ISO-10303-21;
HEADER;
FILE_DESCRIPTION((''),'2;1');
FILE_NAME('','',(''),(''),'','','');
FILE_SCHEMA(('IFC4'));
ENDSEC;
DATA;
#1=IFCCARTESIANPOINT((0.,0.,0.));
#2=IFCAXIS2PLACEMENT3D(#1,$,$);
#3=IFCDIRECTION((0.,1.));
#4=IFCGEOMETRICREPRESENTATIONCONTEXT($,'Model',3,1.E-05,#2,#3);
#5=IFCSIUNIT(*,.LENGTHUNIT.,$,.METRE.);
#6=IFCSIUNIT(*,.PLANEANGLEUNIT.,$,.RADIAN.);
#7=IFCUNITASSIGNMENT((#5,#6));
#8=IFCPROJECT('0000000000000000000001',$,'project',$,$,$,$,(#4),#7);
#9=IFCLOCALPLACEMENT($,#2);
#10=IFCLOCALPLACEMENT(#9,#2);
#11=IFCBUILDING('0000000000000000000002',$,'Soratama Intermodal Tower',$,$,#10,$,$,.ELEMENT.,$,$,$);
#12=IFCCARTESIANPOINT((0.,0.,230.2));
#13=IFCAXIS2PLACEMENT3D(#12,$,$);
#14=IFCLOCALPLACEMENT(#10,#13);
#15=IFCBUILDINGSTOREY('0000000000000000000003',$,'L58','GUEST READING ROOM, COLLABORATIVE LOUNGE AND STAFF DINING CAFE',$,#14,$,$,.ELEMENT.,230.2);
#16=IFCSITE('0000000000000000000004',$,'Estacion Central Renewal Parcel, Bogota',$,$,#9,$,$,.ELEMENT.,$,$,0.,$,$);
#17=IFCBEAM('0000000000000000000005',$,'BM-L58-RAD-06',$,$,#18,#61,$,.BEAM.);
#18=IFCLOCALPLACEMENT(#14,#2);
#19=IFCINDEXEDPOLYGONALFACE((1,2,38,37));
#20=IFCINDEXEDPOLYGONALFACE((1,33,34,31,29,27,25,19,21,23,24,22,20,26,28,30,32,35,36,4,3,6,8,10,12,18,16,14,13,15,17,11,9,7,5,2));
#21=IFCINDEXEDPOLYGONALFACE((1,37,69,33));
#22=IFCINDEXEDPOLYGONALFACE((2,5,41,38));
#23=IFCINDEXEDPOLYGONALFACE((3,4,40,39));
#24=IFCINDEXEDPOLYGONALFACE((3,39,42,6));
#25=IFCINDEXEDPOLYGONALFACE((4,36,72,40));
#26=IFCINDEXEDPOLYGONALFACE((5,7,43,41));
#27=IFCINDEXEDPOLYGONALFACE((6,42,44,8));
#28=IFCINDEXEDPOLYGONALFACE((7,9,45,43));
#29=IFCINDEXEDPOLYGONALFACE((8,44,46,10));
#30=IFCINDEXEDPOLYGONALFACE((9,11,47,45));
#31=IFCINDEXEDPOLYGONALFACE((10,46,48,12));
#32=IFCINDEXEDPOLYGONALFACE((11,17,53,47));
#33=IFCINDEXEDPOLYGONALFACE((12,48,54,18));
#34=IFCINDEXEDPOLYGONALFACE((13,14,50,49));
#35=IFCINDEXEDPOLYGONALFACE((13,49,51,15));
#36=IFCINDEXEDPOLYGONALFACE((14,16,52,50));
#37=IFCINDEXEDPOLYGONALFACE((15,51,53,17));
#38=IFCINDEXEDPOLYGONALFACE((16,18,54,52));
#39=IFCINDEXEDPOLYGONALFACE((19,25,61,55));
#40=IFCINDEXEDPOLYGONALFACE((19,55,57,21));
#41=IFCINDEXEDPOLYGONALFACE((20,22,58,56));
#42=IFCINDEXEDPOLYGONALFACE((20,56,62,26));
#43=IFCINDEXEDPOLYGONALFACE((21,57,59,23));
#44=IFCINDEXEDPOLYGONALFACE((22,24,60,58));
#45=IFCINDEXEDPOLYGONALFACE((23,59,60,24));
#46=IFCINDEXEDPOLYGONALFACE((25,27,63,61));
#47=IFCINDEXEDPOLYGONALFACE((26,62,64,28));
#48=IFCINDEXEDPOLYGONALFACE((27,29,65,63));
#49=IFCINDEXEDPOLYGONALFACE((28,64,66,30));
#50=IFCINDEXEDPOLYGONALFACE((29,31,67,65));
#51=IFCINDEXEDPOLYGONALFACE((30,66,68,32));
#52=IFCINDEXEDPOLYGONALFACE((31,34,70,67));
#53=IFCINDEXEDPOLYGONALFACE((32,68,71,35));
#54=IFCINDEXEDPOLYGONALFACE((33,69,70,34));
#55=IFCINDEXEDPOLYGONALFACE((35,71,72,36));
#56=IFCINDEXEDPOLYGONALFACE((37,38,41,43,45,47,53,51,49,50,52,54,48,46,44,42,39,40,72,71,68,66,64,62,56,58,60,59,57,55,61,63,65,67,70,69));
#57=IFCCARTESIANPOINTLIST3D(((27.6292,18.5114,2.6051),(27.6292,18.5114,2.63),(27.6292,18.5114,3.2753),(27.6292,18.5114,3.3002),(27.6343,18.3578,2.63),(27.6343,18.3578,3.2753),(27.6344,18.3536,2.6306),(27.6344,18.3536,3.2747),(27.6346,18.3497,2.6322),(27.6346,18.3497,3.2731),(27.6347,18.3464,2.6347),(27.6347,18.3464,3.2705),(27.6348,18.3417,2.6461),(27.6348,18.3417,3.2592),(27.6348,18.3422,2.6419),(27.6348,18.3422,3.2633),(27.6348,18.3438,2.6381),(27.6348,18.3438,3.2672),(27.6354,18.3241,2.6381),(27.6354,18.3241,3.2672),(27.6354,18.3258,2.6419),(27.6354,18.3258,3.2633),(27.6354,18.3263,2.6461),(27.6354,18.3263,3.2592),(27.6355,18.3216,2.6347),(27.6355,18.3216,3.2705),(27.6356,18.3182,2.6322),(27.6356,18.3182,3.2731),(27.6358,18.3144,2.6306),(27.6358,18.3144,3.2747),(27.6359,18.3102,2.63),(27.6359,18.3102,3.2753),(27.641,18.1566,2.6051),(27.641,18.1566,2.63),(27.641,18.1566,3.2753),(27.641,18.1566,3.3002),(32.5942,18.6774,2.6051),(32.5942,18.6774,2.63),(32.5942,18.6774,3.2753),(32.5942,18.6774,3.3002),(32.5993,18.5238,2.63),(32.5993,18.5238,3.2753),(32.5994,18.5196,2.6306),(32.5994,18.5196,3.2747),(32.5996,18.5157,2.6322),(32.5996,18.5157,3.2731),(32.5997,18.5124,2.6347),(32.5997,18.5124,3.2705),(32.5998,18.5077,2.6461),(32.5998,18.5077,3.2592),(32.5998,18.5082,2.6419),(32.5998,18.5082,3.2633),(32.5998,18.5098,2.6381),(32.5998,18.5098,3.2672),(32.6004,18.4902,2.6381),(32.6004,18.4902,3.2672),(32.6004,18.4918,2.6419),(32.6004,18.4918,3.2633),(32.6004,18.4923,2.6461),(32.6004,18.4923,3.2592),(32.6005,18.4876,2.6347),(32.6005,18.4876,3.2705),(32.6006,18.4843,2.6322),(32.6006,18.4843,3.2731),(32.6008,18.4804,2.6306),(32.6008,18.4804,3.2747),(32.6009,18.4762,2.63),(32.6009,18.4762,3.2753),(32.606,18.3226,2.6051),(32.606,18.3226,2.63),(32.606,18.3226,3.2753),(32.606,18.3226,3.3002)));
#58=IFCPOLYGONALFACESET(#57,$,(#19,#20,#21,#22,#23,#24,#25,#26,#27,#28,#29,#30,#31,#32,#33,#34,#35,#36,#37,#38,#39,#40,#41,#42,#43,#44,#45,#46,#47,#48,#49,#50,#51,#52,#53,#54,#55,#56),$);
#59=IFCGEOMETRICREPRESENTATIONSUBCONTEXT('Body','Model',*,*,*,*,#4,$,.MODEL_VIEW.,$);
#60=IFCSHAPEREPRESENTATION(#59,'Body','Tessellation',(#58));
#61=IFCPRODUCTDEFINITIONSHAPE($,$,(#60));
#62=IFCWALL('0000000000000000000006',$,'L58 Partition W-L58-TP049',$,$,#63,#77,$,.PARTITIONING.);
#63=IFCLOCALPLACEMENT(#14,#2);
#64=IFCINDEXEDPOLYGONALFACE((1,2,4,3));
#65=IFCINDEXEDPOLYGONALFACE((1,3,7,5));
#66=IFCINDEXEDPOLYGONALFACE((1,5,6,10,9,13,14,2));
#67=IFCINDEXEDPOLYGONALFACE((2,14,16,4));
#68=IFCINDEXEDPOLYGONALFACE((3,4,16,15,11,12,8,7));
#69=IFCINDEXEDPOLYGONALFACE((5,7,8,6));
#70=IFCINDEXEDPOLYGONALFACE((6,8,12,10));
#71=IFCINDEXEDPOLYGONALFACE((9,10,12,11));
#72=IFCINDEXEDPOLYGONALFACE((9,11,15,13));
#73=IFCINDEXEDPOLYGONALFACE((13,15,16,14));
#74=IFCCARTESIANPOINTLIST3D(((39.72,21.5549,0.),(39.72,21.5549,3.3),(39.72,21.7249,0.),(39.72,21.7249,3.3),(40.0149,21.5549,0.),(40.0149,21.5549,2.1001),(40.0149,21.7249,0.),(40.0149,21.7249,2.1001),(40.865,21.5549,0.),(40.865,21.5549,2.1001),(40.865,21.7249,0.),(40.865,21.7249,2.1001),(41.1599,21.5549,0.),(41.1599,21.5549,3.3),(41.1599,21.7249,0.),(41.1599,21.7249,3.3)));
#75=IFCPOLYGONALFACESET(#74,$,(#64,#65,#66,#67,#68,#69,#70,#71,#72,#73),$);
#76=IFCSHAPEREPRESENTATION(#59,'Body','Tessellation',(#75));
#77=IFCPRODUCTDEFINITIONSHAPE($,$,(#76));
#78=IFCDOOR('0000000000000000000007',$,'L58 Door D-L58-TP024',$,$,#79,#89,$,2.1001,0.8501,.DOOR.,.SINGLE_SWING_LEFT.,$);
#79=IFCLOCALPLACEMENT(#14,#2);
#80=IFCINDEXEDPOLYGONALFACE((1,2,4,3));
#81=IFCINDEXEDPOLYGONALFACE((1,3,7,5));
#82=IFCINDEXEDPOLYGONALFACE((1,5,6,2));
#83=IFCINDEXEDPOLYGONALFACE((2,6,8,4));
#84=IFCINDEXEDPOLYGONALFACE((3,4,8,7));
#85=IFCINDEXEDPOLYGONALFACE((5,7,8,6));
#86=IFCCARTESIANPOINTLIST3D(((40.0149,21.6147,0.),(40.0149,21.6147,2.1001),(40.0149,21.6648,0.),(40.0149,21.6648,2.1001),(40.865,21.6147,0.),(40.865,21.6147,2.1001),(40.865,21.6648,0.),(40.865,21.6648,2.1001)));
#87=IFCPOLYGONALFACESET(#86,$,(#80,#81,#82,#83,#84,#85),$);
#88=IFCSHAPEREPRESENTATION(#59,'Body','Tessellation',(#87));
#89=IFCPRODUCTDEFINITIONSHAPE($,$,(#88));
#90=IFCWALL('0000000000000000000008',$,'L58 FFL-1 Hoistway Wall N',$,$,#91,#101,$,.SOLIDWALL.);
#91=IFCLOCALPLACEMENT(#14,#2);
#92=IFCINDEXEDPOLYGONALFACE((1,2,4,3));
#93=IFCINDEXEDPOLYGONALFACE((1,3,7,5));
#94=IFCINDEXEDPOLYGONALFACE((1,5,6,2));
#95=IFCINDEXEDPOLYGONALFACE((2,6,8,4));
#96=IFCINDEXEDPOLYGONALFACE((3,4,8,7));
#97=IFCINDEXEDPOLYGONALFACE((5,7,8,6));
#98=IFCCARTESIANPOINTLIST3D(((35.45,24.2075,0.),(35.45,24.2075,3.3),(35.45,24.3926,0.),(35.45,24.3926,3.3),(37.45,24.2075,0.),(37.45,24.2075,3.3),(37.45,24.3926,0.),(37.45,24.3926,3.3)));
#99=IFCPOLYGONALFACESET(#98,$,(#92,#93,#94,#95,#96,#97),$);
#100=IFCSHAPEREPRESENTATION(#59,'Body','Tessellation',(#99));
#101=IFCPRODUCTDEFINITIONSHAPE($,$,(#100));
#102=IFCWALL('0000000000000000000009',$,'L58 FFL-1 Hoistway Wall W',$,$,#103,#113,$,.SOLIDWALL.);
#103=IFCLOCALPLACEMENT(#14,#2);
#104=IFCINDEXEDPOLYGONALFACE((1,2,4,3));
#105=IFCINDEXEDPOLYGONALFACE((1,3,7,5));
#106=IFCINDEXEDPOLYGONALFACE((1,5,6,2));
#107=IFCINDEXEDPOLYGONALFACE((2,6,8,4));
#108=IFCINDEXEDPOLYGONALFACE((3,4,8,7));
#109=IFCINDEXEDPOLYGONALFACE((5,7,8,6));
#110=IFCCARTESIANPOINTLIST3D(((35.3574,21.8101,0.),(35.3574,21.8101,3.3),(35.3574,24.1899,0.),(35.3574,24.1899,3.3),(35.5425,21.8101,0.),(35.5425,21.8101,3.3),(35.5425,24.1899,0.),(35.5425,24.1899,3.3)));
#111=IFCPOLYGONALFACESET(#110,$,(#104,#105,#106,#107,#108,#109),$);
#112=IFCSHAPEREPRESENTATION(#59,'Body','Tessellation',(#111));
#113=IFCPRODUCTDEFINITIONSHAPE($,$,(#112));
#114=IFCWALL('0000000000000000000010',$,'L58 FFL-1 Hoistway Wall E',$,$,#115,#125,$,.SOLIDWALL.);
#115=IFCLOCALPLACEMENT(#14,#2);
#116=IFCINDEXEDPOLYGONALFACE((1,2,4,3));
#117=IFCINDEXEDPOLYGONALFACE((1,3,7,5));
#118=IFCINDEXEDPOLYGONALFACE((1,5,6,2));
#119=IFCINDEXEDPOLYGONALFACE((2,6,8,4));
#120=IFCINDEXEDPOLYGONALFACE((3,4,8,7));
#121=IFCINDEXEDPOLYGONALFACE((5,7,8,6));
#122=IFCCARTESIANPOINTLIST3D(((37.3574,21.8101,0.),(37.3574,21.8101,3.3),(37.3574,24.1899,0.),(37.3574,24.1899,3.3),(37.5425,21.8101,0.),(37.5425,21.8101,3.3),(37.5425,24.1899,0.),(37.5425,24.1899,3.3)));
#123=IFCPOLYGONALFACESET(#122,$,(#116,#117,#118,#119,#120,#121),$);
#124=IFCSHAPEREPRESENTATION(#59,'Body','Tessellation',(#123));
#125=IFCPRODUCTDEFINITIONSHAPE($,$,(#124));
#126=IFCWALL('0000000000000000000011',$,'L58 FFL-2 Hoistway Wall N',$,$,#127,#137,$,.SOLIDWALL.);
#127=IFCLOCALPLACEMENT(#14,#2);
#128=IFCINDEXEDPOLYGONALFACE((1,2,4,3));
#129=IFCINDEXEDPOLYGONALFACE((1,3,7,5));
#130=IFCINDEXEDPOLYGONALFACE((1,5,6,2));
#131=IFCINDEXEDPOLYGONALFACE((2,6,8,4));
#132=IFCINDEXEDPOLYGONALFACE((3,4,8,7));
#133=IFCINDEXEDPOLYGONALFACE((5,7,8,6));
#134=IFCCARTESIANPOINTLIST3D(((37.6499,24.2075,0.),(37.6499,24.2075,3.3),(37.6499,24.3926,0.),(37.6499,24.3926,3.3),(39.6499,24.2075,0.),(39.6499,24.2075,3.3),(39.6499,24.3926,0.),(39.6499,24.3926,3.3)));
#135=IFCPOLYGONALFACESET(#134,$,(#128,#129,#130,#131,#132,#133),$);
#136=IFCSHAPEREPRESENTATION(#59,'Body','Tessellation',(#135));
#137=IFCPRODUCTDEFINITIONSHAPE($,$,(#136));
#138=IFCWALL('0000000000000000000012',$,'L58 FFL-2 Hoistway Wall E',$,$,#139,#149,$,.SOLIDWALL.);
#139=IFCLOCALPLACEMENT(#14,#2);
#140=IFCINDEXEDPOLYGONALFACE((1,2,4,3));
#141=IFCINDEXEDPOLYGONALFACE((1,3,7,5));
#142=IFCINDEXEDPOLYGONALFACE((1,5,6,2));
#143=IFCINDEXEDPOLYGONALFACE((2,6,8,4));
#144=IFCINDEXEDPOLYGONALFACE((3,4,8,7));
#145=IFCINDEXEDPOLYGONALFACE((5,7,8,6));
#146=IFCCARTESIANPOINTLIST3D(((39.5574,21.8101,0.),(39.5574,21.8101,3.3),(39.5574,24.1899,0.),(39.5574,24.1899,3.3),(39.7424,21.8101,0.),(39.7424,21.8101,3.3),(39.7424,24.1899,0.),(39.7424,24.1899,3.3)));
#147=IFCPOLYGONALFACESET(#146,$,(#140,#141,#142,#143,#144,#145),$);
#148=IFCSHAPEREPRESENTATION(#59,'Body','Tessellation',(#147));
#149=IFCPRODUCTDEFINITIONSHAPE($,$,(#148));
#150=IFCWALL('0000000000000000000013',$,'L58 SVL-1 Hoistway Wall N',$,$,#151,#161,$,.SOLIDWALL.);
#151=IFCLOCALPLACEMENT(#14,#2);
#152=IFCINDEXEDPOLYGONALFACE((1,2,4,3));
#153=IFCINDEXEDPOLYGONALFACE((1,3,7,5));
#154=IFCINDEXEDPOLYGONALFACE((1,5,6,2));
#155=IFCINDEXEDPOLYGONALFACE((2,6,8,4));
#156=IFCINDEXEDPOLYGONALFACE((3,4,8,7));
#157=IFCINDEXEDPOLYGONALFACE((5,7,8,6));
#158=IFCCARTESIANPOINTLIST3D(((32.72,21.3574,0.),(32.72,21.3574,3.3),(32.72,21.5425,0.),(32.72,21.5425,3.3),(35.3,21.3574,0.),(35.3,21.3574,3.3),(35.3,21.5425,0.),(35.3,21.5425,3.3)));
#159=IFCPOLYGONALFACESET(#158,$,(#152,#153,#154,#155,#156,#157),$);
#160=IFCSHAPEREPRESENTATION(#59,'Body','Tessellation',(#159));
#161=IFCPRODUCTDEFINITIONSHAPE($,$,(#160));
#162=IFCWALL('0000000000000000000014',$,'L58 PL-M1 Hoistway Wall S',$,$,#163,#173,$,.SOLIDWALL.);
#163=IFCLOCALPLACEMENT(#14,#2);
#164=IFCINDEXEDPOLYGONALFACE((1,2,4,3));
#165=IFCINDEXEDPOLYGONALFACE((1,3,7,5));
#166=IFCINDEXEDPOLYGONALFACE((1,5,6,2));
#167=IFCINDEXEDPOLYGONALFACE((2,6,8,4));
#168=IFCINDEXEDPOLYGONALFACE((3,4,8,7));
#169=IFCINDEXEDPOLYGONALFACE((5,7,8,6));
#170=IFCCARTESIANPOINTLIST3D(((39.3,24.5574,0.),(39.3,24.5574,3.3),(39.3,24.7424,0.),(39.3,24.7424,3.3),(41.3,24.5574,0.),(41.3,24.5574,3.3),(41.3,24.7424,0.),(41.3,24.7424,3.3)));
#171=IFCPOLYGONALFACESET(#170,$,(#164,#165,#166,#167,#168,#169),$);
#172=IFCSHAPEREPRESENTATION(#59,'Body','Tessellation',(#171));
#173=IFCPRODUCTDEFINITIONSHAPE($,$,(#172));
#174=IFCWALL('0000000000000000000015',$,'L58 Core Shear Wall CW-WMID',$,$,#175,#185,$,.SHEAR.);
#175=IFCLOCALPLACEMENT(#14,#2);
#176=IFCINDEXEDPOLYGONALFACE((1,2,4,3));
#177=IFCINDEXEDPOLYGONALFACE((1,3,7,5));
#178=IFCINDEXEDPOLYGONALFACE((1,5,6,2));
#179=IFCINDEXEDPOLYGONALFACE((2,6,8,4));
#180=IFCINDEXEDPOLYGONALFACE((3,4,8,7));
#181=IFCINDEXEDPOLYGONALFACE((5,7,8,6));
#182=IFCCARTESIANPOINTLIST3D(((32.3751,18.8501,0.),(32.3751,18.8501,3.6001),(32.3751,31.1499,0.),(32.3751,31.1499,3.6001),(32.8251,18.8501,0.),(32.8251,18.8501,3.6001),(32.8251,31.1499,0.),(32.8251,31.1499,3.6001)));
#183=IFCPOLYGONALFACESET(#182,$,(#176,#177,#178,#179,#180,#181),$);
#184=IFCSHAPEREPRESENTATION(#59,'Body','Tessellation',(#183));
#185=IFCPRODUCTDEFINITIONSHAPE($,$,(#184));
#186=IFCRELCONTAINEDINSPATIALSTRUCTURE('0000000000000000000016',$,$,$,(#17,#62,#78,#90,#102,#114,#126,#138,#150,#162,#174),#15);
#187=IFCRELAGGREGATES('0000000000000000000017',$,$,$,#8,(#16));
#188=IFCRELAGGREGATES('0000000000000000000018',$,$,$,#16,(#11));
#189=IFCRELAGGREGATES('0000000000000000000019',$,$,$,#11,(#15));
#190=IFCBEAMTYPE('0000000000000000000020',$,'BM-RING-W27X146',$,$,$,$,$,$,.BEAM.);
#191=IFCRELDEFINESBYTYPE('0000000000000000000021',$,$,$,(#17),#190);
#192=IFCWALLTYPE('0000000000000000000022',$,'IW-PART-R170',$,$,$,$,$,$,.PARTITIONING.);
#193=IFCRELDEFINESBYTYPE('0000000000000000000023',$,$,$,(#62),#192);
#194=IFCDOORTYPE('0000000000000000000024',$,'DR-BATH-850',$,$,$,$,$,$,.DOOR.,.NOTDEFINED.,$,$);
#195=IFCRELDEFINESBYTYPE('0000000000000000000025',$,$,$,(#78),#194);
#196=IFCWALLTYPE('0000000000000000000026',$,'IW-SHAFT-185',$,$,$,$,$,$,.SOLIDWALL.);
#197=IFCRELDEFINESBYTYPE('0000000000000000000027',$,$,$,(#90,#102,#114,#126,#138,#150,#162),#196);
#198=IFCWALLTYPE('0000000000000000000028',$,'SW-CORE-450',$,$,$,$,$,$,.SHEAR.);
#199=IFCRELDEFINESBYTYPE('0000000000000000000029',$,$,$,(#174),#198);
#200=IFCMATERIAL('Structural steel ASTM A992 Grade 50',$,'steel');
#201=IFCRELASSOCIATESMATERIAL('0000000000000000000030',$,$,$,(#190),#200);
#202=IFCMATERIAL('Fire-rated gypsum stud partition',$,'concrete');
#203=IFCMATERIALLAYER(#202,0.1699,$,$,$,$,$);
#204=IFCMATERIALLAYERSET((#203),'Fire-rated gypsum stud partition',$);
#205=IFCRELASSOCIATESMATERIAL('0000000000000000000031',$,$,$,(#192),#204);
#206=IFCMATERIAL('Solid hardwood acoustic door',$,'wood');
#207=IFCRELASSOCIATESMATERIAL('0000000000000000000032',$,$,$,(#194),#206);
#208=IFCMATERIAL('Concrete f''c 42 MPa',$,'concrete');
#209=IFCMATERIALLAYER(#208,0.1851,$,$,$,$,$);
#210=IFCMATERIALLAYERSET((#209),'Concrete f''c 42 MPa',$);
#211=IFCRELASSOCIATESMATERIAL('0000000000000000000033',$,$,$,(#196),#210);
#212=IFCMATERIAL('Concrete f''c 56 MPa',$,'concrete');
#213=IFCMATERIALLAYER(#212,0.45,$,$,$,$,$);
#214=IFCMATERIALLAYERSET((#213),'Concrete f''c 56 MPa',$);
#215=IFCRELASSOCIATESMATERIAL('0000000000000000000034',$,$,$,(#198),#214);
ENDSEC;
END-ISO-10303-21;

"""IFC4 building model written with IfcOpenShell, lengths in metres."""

from ifc_helpers import new_model, si_unit, direction, frame, frame_2d, origin, origin_2d, place, context, subcontext, project, spatial, rectangle, i_section, extrude, material, layer, layer_set, material_profile, profile_set, type_object, element, fill, save


model = new_model("IFC4")

# Units and contexts
model_context = context("Model", 3, precision=1e-05, world=origin(), true_north=direction((0.0, 1.0)))
body_context = subcontext(model_context, "Body", "Model", "MODEL_VIEW")
ifc_project = project(units=[si_unit("LENGTHUNIT", "METRE"), si_unit("PLANEANGLEUNIT", "RADIAN")], contexts=[model_context])

# Site, building, storey
site_placement = place(None, origin())
site = spatial("IfcSite", under=ifc_project, at=site_placement, Name="Estacion Central Renewal Parcel, Bogota", CompositionType="ELEMENT", RefElevation=0.0)
building_placement = place(site_placement, origin())
building = spatial("IfcBuilding", under=site, at=building_placement, Name="Soratama Intermodal Tower", CompositionType="ELEMENT")
storey_placement = place(building_placement, frame((0.0, 0.0, 230.2)))
storey = spatial("IfcBuildingStorey", under=building, at=storey_placement, Name="L58", Description="GUEST READING ROOM, COLLABORATIVE LOUNGE AND STAFF DINING CAFE", CompositionType="ELEMENT", Elevation=230.2)

# Beam
ifc_material_1 = material(Name="Structural steel ASTM A992 Grade 50", Category="steel")
ifc_material_profile = material_profile(ifc_material_1, i_section(OverallWidth=0.355, OverallDepth=0.6951, WebThickness=0.0154, FlangeThickness=0.0249, FilletRadius=0.0161, at=origin_2d()), Name="W27X146")
ifc_profile_set = profile_set([ifc_material_profile], Name="Structural steel ASTM A992 Grade 50")
beam_type = type_object("IfcBeamType", Name="BM-RING-W27X146", PredefinedType="BEAM", material=ifc_profile_set)
beam_placement = place(storey_placement, frame((32.6001, 18.5, 2.9526), z_axis=(-0.999441, -0.033418, 0.0), x_axis=(0.033418, -0.999441, 0.0)))
element("IfcBeam", 1, at=beam_placement, inside=storey, type_object=beam_type, Name="BM-L58-RAD-06", PredefinedType="BEAM", context=body_context, shape_type="SweptSolid", body=[
    extrude(i_section(OverallWidth=0.355, OverallDepth=0.6951, WebThickness=0.0154, FlangeThickness=0.0249, FilletRadius=0.0161, at=origin_2d()), origin(), (0.0, 0.0, 1.0), 4.9678),
])

# Wall, opening, door
ifc_material_2 = material(Name="Fire-rated gypsum stud partition", Category="concrete")
ifc_layer_1 = layer(ifc_material_2, 0.1699)
ifc_layer_set_1 = layer_set([ifc_layer_1], Name="Fire-rated gypsum stud partition")
wall_type_1 = type_object("IfcWallType", Name="IW-PART-R170", PredefinedType="PARTITIONING", material=ifc_layer_set_1)
wall_1_placement = place(storey_placement, frame((39.72, 21.6399, 0.0), z_axis=(0.0, 0.0, 1.0), x_axis=(1.0, 0.0, 0.0)))
wall_1 = element("IfcWall", 2, at=wall_1_placement, inside=storey, type_object=wall_type_1, Name="L58 Partition W-L58-TP049", PredefinedType="PARTITIONING", context=body_context, shape_type="SweptSolid", body=[
    extrude(rectangle(XDim=1.4399, YDim=0.1699, at=frame_2d((0.72, 0.0))), origin(), (0.0, 0.0, 1.0), 3.3),
])
opening_1_placement = place(wall_1_placement, frame((0.2949, 0.0, 0.0)))
opening_1 = element("IfcOpeningElement", 3, at=opening_1_placement, cuts=wall_1, PredefinedType="OPENING", context=body_context, shape_type="SweptSolid", body=[
    extrude(rectangle(XDim=0.8501, YDim=2.1001, at=frame_2d((0.425, 1.05))), frame((0.0, 0.095, 0.0), z_axis=(0.0, -1.0, 0.0), x_axis=(1.0, 0.0, 0.0)), (0.0, 0.0, 1.0), 0.1899),
])
ifc_material_3 = material(Name="Solid hardwood acoustic door", Category="wood")
door_type_1 = type_object("IfcDoorType", Name="DR-BATH-850", OperationType="NOTDEFINED", PredefinedType="DOOR", material=ifc_material_3)
door_1_placement = place(opening_1_placement, origin())
door_1 = element("IfcDoor", 4, at=door_1_placement, inside=storey, type_object=door_type_1, Name="L58 Door D-L58-TP024", OperationType="SINGLE_SWING_LEFT", OverallHeight=2.1001, OverallWidth=0.8501, PredefinedType="DOOR", context=body_context, shape_type="SweptSolid", body=[
    extrude(rectangle(XDim=0.8501, YDim=2.1001, at=frame_2d((0.425, 1.05))), frame((0.0, 0.0249, 0.0), z_axis=(0.0, -1.0, 0.0), x_axis=(1.0, 0.0, 0.0)), (0.0, 0.0, 1.0), 0.05),
])
fill(opening_1, door_1)
ifc_material_4 = material(Name="Concrete f'c 42 MPa", Category="concrete")
ifc_layer_2 = layer(ifc_material_4, 0.1851)
ifc_layer_set_2 = layer_set([ifc_layer_2], Name="Concrete f'c 42 MPa")
wall_type_2 = type_object("IfcWallType", Name="IW-SHAFT-185", PredefinedType="SOLIDWALL", material=ifc_layer_set_2)

# Walls
wall_2_placement = place(storey_placement, frame((35.45, 24.3, 0.0), z_axis=(0.0, 0.0, 1.0), x_axis=(1.0, 0.0, 0.0)))
element("IfcWall", 5, at=wall_2_placement, inside=storey, type_object=wall_type_2, Name="L58 FFL-1 Hoistway Wall N", PredefinedType="SOLIDWALL", context=body_context, shape_type="SweptSolid", body=[
    extrude(rectangle(XDim=2.0, YDim=0.1851, at=frame_2d((1.0, 0.0))), origin(), (0.0, 0.0, 1.0), 3.3),
])
for number, where, z_axis, x_axis, name in (
    (6, (35.45, 21.8101, 0.0), (0.0, 0.0, 1.0), (0.0, 1.0, 0.0), "L58 FFL-1 Hoistway Wall W"),
    (7, (37.45, 21.8101, 0.0), (0.0, 0.0, 1.0), (0.0, 1.0, 0.0), "L58 FFL-1 Hoistway Wall E"),
):
    element("IfcWall", number, at=place(storey_placement, frame(where, z_axis=z_axis, x_axis=x_axis)), inside=storey, type_object=wall_type_2, Name=name, PredefinedType="SOLIDWALL", context=body_context, shape_type="SweptSolid", body=[
        extrude(rectangle(XDim=2.3799, YDim=0.1851, at=frame_2d((1.1899, 0.0))), origin(), (0.0, 0.0, 1.0), 3.3),
    ])

# Walls
wall_3_placement = place(storey_placement, frame((37.6499, 24.3, 0.0), z_axis=(0.0, 0.0, 1.0), x_axis=(1.0, 0.0, 0.0)))
element("IfcWall", 8, at=wall_3_placement, inside=storey, type_object=wall_type_2, Name="L58 FFL-2 Hoistway Wall N", PredefinedType="SOLIDWALL", context=body_context, shape_type="SweptSolid", body=[
    extrude(rectangle(XDim=2.0, YDim=0.1851, at=frame_2d((1.0, 0.0))), origin(), (0.0, 0.0, 1.0), 3.3),
])
wall_4_placement = place(storey_placement, frame((39.6499, 21.8101, 0.0), z_axis=(0.0, 0.0, 1.0), x_axis=(0.0, 1.0, 0.0)))
element("IfcWall", 9, at=wall_4_placement, inside=storey, type_object=wall_type_2, Name="L58 FFL-2 Hoistway Wall E", PredefinedType="SOLIDWALL", context=body_context, shape_type="SweptSolid", body=[
    extrude(rectangle(XDim=2.3799, YDim=0.1851, at=frame_2d((1.1899, 0.0))), origin(), (0.0, 0.0, 1.0), 3.3),
])
wall_5_placement = place(storey_placement, frame((32.72, 21.45, 0.0), z_axis=(0.0, 0.0, 1.0), x_axis=(1.0, 0.0, 0.0)))
element("IfcWall", 10, at=wall_5_placement, inside=storey, type_object=wall_type_2, Name="L58 SVL-1 Hoistway Wall N", PredefinedType="SOLIDWALL", context=body_context, shape_type="SweptSolid", body=[
    extrude(rectangle(XDim=2.5801, YDim=0.1851, at=frame_2d((1.29, 0.0))), origin(), (0.0, 0.0, 1.0), 3.3),
])

# Walls
wall_6_placement = place(storey_placement, frame((39.3, 24.6499, 0.0), z_axis=(0.0, 0.0, 1.0), x_axis=(1.0, 0.0, 0.0)))
element("IfcWall", 11, at=wall_6_placement, inside=storey, type_object=wall_type_2, Name="L58 PL-M1 Hoistway Wall S", PredefinedType="SOLIDWALL", context=body_context, shape_type="SweptSolid", body=[
    extrude(rectangle(XDim=2.0, YDim=0.1851, at=frame_2d((1.0, 0.0))), origin(), (0.0, 0.0, 1.0), 3.3),
])
ifc_material_5 = material(Name="Concrete f'c 56 MPa", Category="concrete")
ifc_layer_3 = layer(ifc_material_5, 0.45)
ifc_layer_set_3 = layer_set([ifc_layer_3], Name="Concrete f'c 56 MPa")
wall_type_3 = type_object("IfcWallType", Name="SW-CORE-450", PredefinedType="SHEAR", material=ifc_layer_set_3)
wall_7_placement = place(storey_placement, frame((32.6001, 18.8501, 0.0), z_axis=(0.0, 0.0, 1.0), x_axis=(0.0, 1.0, 0.0)))
element("IfcWall", 12, at=wall_7_placement, inside=storey, type_object=wall_type_3, Name="L58 Core Shear Wall CW-WMID", PredefinedType="SHEAR", context=body_context, shape_type="SweptSolid", body=[
    extrude(rectangle(XDim=12.2998, YDim=0.45, at=frame_2d((6.1499, 0.0))), origin(), (0.0, 0.0, 1.0), 3.6001),
])

save(model, "model.ifc")
